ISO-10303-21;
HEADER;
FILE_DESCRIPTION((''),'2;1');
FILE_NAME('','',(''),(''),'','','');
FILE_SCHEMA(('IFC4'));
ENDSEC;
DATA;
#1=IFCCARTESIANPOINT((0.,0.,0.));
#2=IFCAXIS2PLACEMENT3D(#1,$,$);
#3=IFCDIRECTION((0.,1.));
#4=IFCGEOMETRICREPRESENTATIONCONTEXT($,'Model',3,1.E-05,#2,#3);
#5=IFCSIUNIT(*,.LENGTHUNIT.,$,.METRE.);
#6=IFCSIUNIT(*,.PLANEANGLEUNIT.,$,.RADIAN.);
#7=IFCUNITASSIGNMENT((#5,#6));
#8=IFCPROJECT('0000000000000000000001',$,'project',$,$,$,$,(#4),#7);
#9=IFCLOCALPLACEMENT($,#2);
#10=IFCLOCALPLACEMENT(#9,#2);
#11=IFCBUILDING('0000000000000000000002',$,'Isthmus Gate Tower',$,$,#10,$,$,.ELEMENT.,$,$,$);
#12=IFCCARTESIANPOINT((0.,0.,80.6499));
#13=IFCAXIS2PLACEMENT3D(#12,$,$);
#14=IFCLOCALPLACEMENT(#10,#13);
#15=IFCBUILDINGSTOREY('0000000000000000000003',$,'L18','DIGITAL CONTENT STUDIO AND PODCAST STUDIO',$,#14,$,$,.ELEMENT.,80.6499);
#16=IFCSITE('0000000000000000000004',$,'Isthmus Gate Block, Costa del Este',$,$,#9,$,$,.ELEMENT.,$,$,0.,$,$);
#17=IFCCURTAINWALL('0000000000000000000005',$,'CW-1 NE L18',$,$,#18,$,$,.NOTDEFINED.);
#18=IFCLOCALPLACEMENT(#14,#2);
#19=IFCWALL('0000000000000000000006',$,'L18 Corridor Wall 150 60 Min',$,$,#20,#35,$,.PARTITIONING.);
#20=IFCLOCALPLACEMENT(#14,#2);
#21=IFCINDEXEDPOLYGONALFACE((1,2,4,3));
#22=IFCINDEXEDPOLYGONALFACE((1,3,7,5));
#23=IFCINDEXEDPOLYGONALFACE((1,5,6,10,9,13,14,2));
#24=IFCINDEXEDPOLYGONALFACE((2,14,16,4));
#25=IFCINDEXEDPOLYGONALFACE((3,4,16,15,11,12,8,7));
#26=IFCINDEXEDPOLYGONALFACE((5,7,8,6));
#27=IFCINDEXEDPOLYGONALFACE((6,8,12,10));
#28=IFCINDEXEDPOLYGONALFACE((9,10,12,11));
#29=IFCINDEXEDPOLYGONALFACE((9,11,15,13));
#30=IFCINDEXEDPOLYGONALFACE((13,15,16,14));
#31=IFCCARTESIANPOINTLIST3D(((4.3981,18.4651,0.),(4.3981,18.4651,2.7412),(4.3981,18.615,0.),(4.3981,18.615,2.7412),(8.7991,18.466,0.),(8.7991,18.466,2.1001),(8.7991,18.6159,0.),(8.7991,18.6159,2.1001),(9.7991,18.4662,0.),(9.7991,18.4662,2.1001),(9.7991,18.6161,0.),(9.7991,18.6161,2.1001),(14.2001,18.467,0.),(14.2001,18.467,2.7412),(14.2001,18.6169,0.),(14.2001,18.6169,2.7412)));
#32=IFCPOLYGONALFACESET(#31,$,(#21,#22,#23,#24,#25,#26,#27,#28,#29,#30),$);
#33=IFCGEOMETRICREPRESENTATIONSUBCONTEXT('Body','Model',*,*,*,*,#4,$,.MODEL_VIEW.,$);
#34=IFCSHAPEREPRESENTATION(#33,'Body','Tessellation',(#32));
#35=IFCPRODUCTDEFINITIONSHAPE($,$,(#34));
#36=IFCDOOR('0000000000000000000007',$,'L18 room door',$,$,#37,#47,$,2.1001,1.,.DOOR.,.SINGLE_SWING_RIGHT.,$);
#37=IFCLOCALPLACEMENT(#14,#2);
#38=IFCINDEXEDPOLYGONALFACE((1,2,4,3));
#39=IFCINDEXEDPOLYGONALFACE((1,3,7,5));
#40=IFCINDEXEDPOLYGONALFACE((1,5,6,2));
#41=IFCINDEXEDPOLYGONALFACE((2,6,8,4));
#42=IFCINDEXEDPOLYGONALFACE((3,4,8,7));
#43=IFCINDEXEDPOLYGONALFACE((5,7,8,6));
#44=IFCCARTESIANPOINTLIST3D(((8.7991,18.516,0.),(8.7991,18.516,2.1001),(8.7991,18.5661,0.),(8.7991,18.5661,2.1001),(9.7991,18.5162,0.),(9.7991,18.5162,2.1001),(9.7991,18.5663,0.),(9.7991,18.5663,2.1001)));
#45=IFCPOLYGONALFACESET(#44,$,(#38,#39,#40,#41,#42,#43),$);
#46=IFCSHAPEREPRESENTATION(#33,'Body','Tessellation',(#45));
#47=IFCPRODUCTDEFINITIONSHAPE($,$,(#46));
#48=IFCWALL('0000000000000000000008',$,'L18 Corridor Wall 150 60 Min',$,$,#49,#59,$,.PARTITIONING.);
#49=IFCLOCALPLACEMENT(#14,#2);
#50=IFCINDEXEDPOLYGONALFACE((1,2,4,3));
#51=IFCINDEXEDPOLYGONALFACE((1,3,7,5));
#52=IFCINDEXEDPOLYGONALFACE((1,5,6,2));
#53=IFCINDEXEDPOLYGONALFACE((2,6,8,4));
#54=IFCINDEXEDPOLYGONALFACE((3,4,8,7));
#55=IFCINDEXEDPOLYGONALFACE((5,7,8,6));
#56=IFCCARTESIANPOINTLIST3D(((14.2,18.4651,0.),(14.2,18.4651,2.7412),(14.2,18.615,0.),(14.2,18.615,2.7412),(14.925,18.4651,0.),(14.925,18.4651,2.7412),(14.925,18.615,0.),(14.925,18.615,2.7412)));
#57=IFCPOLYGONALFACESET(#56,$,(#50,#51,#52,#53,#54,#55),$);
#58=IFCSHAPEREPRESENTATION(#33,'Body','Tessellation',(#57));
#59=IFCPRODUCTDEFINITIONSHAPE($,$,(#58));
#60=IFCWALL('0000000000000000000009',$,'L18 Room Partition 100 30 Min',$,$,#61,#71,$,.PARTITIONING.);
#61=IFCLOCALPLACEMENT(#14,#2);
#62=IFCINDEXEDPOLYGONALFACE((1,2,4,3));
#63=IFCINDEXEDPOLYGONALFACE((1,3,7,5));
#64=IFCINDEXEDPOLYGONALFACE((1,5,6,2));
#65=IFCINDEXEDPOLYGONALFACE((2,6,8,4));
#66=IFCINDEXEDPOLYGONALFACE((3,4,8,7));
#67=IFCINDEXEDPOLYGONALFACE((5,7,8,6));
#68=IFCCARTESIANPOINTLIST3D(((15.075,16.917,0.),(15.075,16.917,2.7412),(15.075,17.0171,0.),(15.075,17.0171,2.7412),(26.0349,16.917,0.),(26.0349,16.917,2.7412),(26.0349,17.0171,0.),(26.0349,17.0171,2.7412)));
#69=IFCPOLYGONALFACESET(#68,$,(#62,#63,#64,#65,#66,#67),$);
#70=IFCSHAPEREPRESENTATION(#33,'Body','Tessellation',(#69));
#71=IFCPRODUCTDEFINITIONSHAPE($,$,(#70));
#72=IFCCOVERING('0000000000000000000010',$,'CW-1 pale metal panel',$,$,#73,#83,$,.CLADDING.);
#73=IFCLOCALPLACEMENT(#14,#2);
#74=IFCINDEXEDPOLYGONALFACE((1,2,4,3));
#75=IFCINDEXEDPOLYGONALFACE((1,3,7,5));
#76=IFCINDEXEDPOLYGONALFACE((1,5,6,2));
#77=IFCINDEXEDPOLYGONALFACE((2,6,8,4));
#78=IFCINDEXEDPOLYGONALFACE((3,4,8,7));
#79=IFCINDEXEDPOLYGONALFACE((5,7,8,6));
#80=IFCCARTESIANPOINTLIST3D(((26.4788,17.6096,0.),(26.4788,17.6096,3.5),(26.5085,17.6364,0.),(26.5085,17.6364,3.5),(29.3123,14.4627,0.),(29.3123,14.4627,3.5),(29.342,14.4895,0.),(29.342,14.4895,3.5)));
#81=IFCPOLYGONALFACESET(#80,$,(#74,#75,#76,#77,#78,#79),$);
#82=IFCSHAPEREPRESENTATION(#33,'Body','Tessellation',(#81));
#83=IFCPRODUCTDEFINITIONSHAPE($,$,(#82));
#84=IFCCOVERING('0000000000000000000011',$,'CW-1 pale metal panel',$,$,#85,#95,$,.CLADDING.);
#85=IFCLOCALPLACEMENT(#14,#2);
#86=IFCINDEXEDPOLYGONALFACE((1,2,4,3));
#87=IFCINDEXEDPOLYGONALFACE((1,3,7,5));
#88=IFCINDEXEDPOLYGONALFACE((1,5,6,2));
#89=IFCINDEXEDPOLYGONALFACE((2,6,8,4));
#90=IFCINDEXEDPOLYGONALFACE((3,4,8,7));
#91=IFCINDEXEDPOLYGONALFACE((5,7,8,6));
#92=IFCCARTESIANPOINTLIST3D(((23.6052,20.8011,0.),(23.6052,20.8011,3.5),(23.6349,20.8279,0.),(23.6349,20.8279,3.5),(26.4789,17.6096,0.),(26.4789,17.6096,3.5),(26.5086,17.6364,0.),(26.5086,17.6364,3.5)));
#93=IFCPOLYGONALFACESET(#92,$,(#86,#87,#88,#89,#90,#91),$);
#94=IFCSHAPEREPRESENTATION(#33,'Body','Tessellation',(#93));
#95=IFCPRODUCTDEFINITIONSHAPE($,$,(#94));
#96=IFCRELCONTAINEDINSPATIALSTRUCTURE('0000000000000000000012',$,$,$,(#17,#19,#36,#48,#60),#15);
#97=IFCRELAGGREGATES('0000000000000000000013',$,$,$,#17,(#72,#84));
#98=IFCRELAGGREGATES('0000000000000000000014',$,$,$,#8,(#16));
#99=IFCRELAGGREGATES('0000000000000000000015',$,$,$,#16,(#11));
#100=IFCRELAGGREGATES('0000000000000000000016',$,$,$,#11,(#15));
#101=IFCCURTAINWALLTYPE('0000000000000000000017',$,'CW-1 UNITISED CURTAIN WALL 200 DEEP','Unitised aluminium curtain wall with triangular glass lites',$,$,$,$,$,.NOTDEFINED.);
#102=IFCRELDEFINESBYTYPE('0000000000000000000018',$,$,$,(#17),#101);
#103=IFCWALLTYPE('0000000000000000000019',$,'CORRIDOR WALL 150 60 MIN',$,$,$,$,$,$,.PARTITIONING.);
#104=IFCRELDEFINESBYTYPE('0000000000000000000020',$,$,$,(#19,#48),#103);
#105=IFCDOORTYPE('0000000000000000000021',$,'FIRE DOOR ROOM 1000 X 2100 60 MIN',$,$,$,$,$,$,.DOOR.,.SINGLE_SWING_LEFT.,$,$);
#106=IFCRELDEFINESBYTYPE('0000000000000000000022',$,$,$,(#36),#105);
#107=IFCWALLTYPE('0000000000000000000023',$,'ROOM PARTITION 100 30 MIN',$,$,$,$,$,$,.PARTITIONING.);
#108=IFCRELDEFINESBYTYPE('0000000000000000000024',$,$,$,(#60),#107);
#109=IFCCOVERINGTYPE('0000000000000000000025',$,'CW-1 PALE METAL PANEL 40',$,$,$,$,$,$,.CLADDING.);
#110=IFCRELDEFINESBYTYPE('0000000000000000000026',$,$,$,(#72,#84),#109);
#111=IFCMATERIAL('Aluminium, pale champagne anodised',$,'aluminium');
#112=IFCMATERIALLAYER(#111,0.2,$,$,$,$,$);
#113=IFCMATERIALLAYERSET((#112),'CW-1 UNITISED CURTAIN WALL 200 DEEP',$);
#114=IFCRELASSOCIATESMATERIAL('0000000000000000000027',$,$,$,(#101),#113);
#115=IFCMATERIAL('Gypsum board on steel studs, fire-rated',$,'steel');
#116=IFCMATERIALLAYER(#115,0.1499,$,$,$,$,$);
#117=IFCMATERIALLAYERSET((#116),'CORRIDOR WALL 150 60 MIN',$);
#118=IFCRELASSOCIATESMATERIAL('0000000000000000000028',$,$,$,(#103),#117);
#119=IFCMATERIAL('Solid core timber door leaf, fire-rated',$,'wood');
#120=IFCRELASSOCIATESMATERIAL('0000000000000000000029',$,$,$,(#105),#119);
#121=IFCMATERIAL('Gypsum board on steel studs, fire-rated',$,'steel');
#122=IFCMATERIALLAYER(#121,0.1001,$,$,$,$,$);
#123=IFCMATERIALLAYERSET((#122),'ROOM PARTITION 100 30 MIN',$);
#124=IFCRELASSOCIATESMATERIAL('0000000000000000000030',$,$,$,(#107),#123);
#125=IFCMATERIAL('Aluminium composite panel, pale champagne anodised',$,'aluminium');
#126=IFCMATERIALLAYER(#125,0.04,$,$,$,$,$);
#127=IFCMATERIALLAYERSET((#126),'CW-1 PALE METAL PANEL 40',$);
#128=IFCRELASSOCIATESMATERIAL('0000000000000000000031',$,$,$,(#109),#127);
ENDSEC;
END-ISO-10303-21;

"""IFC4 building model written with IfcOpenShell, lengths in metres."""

from ifc_helpers import new_model, si_unit, direction, frame, frame_2d, origin, origin_2d, place, context, subcontext, project, spatial, rectangle, extrude, material, layer, layer_set, type_object, element, fill, aggregate, save


model = new_model("IFC4")

# Units and contexts
model_context = context("Model", 3, precision=1e-05, world=origin(), true_north=direction((0.0, 1.0)))
body_context = subcontext(model_context, "Body", "Model", "MODEL_VIEW")
ifc_project = project(units=[si_unit("LENGTHUNIT", "METRE"), si_unit("PLANEANGLEUNIT", "RADIAN")], contexts=[model_context])

# Site, building, storey
site_placement = place(None, origin())
site = spatial("IfcSite", under=ifc_project, at=site_placement, Name="Isthmus Gate Block, Costa del Este", CompositionType="ELEMENT", RefElevation=0.0)
building_placement = place(site_placement, origin())
building = spatial("IfcBuilding", under=site, at=building_placement, Name="Isthmus Gate Tower", CompositionType="ELEMENT")
storey_placement = place(building_placement, frame((0.0, 0.0, 80.6499)))
storey = spatial("IfcBuildingStorey", under=building, at=storey_placement, Name="L18", Description="DIGITAL CONTENT STUDIO AND PODCAST STUDIO", CompositionType="ELEMENT", Elevation=80.6499)

# Curtain wall
ifc_material_1 = material(Name="Aluminium, pale champagne anodised", Category="aluminium")
ifc_layer_1 = layer(ifc_material_1, 0.2)
ifc_layer_set_1 = layer_set([ifc_layer_1], Name="CW-1 UNITISED CURTAIN WALL 200 DEEP")
curtain_wall_type = type_object("IfcCurtainWallType", Name="CW-1 UNITISED CURTAIN WALL 200 DEEP", Description="Unitised aluminium curtain wall with triangular glass lites", PredefinedType="NOTDEFINED", material=ifc_layer_set_1)
curtain_wall_1_placement = place(storey_placement, origin())
curtain_wall_1 = element("IfcCurtainWall", 1, at=curtain_wall_1_placement, inside=storey, type_object=curtain_wall_type, Name="CW-1 NE L18", PredefinedType="NOTDEFINED")

# Shared definitions
ifc_material_2 = material(Name="Gypsum board on steel studs, fire-rated", Category="steel")
ifc_layer_2 = layer(ifc_material_2, 0.1499)
ifc_layer_set_2 = layer_set([ifc_layer_2], Name="CORRIDOR WALL 150 60 MIN")
wall_type_1 = type_object("IfcWallType", Name="CORRIDOR WALL 150 60 MIN", PredefinedType="PARTITIONING", material=ifc_layer_set_2)

# Wall, opening, door
ifc_material_3 = material(Name="Solid core timber door leaf, fire-rated", Category="wood")
door_type = type_object("IfcDoorType", Name="FIRE DOOR ROOM 1000 X 2100 60 MIN", OperationType="SINGLE_SWING_LEFT", PredefinedType="DOOR", material=ifc_material_3)
wall_1_placement = place(storey_placement, frame((14.2, 18.542, 0.0), z_axis=(0.0, 0.0, 1.0), x_axis=(-1.0, -0.000199, 0.0)))
wall_1 = element("IfcWall", 2, at=wall_1_placement, inside=storey, type_object=wall_type_1, Name="L18 Corridor Wall 150 60 Min", PredefinedType="PARTITIONING", context=body_context, shape_type="SweptSolid", body=[
    extrude(rectangle(XDim=9.802, YDim=0.1499, at=frame_2d((4.9009, 0.0))), origin(), (0.0, 0.0, 1.0), 2.7412),
])
opening_1_placement = place(wall_1_placement, frame((4.4009, 0.0, 0.0)))
opening_1 = element("IfcOpeningElement", 3, at=opening_1_placement, cuts=wall_1, PredefinedType="OPENING", context=body_context, shape_type="SweptSolid", body=[
    extrude(rectangle(XDim=1.0, YDim=2.1001, at=frame_2d((0.5, 1.05))), frame((0.0, 0.085, 0.0), z_axis=(0.0, -1.0, 0.0), x_axis=(1.0, 0.0, 0.0)), (0.0, 0.0, 1.0), 0.1699),
])
door_1_placement = place(opening_1_placement, origin())
door_1 = element("IfcDoor", 4, at=door_1_placement, inside=storey, type_object=door_type, Name="L18 room door", OperationType="SINGLE_SWING_RIGHT", OverallHeight=2.1001, OverallWidth=1.0, PredefinedType="DOOR", context=body_context, shape_type="SweptSolid", body=[
    extrude(rectangle(XDim=1.0, YDim=2.1001, at=frame_2d((0.5, 1.05))), frame((0.0, 0.0249, 0.0), z_axis=(0.0, -1.0, 0.0), x_axis=(1.0, 0.0, 0.0)), (0.0, 0.0, 1.0), 0.05),
])
fill(opening_1, door_1)

# Walls
wall_2_placement = place(storey_placement, frame((14.2, 18.54, 0.0), z_axis=(0.0, 0.0, 1.0), x_axis=(1.0, 0.0, 0.0)))
element("IfcWall", 5, at=wall_2_placement, inside=storey, type_object=wall_type_1, Name="L18 Corridor Wall 150 60 Min", PredefinedType="PARTITIONING", context=body_context, shape_type="SweptSolid", body=[
    extrude(rectangle(XDim=0.7251, YDim=0.1499, at=frame_2d((0.3625, 0.0))), origin(), (0.0, 0.0, 1.0), 2.7412),
])
ifc_material_4 = material(Name="Gypsum board on steel studs, fire-rated", Category="steel")
ifc_layer_3 = layer(ifc_material_4, 0.1001)
ifc_layer_set_3 = layer_set([ifc_layer_3], Name="ROOM PARTITION 100 30 MIN")
wall_type_2 = type_object("IfcWallType", Name="ROOM PARTITION 100 30 MIN", PredefinedType="PARTITIONING", material=ifc_layer_set_3)
wall_3_placement = place(storey_placement, frame((15.075, 16.967, 0.0), z_axis=(0.0, 0.0, 1.0), x_axis=(1.0, 0.0, 0.0)))
element("IfcWall", 6, at=wall_3_placement, inside=storey, type_object=wall_type_2, Name="L18 Room Partition 100 30 Min", PredefinedType="PARTITIONING", context=body_context, shape_type="SweptSolid", body=[
    extrude(rectangle(XDim=10.96, YDim=0.1001, at=frame_2d((5.48, 0.0))), origin(), (0.0, 0.0, 1.0), 2.7412),
])

# Coverings
ifc_material_5 = material(Name="Aluminium composite panel, pale champagne anodised", Category="aluminium")
ifc_layer_4 = layer(ifc_material_5, 0.04)
ifc_layer_set_4 = layer_set([ifc_layer_4], Name="CW-1 PALE METAL PANEL 40")
covering_type = type_object("IfcCoveringType", Name="CW-1 PALE METAL PANEL 40", PredefinedType="CLADDING", material=ifc_layer_set_4)
covering_1_placement = place(storey_placement, frame((27.9104, 16.0496, 0.0), z_axis=(0.0, 0.0, 1.0), x_axis=(-0.669131, 0.743145, 0.0)))
covering_1 = element("IfcCovering", 7, at=covering_1_placement, type_object=covering_type, Name="CW-1 pale metal panel", PredefinedType="CLADDING", context=body_context, shape_type="SweptSolid", body=[
    extrude(rectangle(XDim=4.2346, YDim=0.04, at=origin_2d()), origin(), (0.0, 0.0, 1.0), 3.5),
])
covering_2_placement = place(storey_placement, frame((25.0569, 19.2188, 0.0), z_axis=(0.0, 0.0, 1.0), x_axis=(-0.669131, 0.743145, 0.0)))
covering_2 = element("IfcCovering", 8, at=covering_2_placement, type_object=covering_type, Name="CW-1 pale metal panel", PredefinedType="CLADDING", context=body_context, shape_type="SweptSolid", body=[
    extrude(rectangle(XDim=4.2947, YDim=0.04, at=origin_2d()), origin(), (0.0, 0.0, 1.0), 3.5),
])
aggregate(curtain_wall_1, [covering_1, covering_2])

save(model, "model.ifc")
